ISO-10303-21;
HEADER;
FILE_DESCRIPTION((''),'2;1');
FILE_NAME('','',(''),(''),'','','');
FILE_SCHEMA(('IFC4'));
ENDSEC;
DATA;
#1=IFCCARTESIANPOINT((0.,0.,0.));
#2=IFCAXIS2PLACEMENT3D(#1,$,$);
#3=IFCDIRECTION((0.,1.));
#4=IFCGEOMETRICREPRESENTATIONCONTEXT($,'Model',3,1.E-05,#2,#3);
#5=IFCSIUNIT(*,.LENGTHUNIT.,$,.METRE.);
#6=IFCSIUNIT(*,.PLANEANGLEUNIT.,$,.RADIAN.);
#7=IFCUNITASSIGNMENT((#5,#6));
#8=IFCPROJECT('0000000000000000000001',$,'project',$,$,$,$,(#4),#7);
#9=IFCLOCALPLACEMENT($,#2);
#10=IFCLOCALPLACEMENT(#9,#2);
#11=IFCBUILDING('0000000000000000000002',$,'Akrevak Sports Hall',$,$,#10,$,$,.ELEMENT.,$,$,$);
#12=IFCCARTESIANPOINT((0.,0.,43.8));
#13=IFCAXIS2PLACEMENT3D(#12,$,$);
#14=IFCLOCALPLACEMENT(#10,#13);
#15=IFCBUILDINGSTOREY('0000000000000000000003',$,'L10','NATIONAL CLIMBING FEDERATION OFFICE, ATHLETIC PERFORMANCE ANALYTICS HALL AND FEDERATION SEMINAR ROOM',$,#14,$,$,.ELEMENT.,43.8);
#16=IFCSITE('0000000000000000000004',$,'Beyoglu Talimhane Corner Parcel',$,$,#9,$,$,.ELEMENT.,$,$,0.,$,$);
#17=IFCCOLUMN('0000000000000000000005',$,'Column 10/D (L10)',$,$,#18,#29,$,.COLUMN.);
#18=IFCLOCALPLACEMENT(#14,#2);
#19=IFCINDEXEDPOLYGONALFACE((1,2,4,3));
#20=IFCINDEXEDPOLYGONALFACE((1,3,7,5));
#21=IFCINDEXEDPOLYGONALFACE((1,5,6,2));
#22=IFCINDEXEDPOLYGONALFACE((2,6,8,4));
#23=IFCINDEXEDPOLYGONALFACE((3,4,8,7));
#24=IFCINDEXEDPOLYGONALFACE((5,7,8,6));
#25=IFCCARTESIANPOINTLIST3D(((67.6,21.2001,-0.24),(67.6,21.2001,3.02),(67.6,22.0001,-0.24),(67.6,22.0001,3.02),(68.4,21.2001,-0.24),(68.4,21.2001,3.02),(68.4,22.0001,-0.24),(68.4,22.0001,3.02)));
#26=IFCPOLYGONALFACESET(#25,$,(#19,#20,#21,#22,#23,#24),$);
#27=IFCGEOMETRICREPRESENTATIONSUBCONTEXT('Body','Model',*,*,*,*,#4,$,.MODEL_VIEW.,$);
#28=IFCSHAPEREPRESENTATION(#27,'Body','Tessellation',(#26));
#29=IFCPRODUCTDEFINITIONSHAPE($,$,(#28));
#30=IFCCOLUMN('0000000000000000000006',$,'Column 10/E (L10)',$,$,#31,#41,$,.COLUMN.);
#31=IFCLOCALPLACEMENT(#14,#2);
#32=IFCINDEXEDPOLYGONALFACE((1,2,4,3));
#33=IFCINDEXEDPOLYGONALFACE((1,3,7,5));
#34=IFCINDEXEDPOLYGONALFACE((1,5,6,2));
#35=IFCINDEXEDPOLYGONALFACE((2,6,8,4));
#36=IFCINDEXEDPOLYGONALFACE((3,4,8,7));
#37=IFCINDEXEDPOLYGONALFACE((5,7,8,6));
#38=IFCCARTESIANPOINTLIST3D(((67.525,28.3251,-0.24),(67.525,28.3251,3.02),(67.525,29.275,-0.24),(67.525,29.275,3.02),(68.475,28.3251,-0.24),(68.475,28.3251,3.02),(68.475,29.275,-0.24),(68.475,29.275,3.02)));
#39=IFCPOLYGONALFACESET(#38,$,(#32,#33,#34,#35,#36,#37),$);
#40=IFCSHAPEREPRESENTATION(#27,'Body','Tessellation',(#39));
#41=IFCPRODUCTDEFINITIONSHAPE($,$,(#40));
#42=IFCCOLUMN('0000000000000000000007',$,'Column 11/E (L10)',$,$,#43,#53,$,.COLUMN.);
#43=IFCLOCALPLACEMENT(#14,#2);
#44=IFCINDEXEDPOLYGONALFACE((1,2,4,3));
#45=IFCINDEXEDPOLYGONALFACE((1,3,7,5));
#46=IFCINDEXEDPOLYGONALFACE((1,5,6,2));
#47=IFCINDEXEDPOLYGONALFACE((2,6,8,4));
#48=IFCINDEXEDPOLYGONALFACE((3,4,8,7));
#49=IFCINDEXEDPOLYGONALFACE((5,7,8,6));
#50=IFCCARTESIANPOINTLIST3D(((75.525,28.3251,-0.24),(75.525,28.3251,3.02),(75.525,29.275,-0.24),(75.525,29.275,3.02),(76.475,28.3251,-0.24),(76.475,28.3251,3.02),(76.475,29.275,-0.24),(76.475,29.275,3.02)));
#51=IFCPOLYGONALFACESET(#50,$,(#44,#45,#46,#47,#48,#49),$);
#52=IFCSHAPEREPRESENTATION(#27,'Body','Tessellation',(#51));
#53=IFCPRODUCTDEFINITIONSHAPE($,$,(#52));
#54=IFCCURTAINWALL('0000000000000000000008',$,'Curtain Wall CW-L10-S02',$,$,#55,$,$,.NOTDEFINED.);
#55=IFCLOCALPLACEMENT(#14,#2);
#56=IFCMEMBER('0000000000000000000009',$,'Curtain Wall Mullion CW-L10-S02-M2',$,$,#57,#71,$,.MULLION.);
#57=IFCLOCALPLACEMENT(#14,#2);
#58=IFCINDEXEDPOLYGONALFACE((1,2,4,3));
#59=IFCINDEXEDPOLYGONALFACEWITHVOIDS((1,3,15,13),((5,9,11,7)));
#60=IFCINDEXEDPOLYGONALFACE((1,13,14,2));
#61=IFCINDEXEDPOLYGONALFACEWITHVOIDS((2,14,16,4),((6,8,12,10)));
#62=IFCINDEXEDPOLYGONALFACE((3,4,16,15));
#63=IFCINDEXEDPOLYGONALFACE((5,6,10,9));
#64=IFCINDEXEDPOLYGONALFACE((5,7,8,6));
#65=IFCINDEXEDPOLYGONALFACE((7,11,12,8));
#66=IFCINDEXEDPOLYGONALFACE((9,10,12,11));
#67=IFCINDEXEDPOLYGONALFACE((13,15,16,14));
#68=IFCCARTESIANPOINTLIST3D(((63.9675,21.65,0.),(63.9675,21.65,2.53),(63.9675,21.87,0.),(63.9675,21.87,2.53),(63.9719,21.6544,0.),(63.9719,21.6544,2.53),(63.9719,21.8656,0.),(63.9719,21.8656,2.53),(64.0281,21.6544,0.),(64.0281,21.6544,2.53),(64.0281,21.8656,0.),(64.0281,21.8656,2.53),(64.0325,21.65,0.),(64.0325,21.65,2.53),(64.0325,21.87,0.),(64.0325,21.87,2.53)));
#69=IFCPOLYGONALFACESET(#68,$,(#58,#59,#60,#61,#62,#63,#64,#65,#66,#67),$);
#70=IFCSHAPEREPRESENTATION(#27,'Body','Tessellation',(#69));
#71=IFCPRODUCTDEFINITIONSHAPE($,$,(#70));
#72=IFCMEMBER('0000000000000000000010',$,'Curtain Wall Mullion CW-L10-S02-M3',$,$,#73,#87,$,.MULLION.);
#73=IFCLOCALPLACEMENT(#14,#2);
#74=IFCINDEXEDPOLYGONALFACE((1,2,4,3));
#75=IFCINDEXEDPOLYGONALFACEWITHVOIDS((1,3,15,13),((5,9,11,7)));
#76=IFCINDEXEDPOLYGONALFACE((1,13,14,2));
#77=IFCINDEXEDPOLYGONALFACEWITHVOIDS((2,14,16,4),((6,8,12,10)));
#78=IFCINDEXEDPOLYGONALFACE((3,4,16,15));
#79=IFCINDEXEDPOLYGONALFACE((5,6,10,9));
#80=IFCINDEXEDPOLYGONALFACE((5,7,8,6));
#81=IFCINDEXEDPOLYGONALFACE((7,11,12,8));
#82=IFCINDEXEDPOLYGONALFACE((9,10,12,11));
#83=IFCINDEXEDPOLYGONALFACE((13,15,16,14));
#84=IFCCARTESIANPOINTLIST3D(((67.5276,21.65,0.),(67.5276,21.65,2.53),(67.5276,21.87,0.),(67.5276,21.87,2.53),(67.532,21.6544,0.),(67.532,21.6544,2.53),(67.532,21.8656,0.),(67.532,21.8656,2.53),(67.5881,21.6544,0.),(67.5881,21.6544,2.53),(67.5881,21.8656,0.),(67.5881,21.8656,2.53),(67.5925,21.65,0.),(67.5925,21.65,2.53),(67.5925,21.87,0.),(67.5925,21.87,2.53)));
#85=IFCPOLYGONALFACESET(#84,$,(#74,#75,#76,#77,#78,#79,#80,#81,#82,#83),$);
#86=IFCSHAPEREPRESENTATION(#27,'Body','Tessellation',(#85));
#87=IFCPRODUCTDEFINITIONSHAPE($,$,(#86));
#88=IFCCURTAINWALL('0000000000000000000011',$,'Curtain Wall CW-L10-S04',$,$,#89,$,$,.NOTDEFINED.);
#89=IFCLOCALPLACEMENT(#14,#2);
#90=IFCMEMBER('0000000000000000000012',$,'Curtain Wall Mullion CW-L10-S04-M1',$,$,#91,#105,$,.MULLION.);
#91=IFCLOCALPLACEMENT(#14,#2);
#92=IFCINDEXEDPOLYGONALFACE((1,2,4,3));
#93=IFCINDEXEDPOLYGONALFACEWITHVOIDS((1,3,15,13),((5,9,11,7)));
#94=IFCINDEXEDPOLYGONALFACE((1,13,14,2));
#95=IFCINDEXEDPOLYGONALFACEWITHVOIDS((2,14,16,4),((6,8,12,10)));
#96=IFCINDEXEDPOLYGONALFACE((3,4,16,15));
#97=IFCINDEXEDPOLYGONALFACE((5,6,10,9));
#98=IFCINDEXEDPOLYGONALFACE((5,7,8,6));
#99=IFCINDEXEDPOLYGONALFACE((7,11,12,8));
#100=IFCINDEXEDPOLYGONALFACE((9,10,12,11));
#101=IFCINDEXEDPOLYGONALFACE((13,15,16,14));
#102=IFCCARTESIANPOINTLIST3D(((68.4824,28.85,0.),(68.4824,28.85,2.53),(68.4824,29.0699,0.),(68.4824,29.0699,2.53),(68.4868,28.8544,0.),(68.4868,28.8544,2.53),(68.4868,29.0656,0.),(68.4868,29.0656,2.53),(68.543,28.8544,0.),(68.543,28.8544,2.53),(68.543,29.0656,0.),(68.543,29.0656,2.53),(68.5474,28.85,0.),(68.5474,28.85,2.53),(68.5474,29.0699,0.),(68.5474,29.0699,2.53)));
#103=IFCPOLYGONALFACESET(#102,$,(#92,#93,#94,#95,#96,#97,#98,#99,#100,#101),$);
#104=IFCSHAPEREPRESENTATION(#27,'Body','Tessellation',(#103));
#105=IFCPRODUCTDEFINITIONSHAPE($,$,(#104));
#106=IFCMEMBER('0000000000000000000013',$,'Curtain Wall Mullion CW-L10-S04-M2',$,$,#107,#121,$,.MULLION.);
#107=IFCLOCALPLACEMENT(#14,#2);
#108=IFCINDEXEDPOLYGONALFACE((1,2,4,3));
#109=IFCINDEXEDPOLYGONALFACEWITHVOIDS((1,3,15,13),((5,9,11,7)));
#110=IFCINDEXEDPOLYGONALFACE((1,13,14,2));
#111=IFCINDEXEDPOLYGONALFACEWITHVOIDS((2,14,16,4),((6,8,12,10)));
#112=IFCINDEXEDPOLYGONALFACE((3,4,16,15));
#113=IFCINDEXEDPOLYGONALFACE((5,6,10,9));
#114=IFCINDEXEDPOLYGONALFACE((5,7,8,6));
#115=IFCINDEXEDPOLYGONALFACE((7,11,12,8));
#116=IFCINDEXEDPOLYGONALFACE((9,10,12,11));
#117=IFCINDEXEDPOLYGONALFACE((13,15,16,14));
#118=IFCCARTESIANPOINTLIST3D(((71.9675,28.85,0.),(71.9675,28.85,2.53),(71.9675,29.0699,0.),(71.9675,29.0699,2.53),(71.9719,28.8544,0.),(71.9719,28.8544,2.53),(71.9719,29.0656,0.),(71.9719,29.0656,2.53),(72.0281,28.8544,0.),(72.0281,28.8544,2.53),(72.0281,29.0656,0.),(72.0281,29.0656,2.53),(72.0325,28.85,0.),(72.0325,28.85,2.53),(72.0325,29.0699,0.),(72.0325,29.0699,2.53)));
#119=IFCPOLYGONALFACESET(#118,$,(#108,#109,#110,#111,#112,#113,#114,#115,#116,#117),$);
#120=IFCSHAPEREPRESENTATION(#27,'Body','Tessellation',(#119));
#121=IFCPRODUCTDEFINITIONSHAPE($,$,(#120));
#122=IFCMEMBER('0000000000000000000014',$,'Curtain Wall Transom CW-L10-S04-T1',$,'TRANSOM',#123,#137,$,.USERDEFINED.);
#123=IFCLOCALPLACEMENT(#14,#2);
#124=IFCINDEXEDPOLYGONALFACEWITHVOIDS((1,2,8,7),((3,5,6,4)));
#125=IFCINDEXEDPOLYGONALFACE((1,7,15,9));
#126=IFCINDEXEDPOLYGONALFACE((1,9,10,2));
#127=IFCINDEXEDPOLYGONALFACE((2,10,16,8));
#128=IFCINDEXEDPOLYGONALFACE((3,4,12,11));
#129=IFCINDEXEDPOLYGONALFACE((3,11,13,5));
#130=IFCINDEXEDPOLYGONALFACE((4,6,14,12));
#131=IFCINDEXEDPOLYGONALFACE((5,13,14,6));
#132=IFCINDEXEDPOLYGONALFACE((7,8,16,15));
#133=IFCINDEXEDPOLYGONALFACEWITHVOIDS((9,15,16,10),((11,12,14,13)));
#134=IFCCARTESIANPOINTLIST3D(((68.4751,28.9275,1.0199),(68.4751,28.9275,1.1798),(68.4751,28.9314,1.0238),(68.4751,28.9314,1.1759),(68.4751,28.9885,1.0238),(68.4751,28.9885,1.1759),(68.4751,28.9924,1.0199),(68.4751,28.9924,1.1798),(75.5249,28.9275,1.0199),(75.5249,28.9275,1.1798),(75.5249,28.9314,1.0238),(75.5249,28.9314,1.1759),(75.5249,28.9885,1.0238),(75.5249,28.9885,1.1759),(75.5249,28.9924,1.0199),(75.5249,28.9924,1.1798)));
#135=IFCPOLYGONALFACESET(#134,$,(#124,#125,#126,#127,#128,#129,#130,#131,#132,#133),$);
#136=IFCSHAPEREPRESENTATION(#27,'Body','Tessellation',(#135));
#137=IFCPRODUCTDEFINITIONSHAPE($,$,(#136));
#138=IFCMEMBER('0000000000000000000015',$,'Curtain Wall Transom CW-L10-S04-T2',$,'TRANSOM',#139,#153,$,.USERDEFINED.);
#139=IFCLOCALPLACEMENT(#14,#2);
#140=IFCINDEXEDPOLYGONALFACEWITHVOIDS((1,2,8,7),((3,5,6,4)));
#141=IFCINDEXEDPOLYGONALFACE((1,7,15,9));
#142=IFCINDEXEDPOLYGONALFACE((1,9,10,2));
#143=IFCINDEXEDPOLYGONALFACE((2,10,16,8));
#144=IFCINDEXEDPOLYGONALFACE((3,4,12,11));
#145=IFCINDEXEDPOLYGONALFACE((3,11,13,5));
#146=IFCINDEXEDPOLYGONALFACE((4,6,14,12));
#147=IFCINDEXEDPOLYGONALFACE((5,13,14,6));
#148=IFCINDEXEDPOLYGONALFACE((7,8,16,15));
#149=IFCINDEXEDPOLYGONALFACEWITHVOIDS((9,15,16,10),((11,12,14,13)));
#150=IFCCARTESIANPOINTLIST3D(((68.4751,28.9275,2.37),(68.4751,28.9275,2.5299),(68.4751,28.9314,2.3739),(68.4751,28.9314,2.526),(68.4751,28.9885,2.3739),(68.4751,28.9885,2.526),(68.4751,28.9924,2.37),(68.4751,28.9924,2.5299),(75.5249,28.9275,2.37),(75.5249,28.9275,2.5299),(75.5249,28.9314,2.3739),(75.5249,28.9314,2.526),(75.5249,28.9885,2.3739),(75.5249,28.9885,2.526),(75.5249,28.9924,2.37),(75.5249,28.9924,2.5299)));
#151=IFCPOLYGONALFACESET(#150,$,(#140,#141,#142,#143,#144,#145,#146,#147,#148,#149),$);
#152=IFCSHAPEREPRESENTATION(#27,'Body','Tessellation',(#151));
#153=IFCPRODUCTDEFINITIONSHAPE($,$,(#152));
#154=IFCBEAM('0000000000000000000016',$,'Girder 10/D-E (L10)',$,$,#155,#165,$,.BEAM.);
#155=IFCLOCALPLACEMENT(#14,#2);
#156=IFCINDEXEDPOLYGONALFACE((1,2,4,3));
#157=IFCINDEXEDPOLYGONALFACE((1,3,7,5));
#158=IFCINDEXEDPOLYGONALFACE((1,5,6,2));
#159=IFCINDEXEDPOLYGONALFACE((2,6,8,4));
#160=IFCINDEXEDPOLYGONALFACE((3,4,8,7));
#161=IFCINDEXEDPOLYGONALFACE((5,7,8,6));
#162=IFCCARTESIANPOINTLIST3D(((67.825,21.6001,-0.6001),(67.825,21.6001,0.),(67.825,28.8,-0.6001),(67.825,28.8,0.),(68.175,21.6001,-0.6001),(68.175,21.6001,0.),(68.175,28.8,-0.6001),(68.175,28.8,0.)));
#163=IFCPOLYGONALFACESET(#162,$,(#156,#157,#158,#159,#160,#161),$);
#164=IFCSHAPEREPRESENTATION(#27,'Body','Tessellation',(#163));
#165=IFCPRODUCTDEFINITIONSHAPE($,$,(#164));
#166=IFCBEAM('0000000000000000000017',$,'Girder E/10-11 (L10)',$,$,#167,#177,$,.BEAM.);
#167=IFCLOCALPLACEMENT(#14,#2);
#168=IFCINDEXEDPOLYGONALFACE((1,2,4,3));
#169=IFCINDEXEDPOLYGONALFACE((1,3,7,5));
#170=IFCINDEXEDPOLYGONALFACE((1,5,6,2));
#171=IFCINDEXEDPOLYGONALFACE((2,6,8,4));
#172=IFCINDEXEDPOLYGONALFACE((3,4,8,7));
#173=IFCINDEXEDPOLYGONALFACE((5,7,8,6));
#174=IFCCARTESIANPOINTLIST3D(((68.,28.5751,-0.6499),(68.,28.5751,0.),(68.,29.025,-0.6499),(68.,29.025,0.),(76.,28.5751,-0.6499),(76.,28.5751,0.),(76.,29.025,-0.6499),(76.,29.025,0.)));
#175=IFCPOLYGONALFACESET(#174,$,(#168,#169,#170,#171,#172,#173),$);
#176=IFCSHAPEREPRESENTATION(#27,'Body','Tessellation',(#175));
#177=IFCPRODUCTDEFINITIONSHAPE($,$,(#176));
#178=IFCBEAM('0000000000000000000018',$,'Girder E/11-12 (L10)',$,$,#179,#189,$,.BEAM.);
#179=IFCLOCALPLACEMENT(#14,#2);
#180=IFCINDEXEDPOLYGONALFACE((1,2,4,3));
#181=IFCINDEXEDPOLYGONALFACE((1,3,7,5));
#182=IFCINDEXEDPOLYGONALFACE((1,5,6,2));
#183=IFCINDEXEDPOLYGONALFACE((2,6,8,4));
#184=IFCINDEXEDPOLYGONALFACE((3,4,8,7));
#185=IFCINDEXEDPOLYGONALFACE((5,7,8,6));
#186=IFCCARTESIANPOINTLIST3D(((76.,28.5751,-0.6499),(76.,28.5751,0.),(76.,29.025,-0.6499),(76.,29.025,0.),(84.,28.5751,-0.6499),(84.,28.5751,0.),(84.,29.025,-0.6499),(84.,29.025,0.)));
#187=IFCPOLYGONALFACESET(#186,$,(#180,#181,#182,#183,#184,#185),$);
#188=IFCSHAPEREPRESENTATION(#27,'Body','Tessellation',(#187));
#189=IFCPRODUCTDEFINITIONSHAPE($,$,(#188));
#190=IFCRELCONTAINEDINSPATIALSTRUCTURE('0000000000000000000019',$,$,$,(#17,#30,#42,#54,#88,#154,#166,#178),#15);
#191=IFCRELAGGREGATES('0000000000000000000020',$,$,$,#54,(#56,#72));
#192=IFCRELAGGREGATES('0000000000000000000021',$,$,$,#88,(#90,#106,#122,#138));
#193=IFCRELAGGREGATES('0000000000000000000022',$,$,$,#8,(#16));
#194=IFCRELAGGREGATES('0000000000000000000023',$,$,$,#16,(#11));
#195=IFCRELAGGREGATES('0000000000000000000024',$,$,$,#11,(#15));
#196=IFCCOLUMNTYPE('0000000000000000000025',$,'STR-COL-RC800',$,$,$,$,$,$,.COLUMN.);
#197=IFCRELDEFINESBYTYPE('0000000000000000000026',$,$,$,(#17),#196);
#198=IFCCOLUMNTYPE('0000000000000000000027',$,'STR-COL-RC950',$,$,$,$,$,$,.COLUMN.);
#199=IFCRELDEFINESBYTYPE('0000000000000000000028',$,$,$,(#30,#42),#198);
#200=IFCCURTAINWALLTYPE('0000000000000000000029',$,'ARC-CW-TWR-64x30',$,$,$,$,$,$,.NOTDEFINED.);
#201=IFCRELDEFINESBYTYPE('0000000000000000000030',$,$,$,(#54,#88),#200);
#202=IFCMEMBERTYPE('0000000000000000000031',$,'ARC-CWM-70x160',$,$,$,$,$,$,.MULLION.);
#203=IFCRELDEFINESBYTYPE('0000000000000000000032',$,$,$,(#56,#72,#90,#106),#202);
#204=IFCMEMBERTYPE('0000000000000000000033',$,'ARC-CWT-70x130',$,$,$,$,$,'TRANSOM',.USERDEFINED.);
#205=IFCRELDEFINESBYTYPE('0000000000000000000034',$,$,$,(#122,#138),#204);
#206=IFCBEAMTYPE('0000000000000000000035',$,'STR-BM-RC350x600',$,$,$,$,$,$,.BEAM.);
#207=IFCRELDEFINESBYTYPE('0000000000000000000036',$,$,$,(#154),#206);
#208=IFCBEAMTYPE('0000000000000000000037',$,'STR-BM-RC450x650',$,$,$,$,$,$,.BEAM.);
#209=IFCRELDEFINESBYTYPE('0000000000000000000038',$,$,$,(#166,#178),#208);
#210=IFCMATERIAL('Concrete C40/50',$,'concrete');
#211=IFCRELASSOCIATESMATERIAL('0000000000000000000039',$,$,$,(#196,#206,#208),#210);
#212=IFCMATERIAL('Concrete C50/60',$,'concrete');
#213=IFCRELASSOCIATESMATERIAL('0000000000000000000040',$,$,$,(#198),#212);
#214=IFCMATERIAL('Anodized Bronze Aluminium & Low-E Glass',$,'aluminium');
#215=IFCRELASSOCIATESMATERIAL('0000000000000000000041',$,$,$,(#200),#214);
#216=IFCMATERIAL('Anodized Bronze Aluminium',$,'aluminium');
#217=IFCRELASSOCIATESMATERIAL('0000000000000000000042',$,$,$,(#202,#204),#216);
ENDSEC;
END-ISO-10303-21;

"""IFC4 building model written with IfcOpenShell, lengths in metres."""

from ifc_helpers import new_model, si_unit, direction, frame, origin, origin_2d, place, context, subcontext, project, spatial, rectangle, hollow_rectangle, extrude, material, material_profile, profile_set, type_object, element, aggregate, save


model = new_model("IFC4")

# Units and contexts
model_context = context("Model", 3, precision=1e-05, world=origin(), true_north=direction((0.0, 1.0)))
body_context = subcontext(model_context, "Body", "Model", "MODEL_VIEW")
ifc_project = project(units=[si_unit("LENGTHUNIT", "METRE"), si_unit("PLANEANGLEUNIT", "RADIAN")], contexts=[model_context])

# Site, building, storey
site_placement = place(None, origin())
site = spatial("IfcSite", under=ifc_project, at=site_placement, Name="Beyoglu Talimhane Corner Parcel", CompositionType="ELEMENT", RefElevation=0.0)
building_placement = place(site_placement, origin())
building = spatial("IfcBuilding", under=site, at=building_placement, Name="Akrevak Sports Hall", CompositionType="ELEMENT")
storey_placement = place(building_placement, frame((0.0, 0.0, 43.8)))
storey = spatial("IfcBuildingStorey", under=building, at=storey_placement, Name="L10", Description="NATIONAL CLIMBING FEDERATION OFFICE, ATHLETIC PERFORMANCE ANALYTICS HALL AND FEDERATION SEMINAR ROOM", CompositionType="ELEMENT", Elevation=43.8)

# Columns
ifc_material_1 = material(Name="Concrete C40/50", Category="concrete")
ifc_material_profile_1 = material_profile(ifc_material_1, rectangle(XDim=0.8, YDim=0.8, at=origin_2d()), Name="RC 800x800", Category="concrete")
ifc_profile_set_1 = profile_set([ifc_material_profile_1], Name="Concrete C40/50")
column_type_1 = type_object("IfcColumnType", Name="STR-COL-RC800", PredefinedType="COLUMN", material=ifc_profile_set_1)
column_placement = place(storey_placement, frame((68.0, 21.6001, -0.24), z_axis=(0.0, 0.0, 1.0), x_axis=(1.0, 0.0, 0.0)))
element("IfcColumn", 1, at=column_placement, inside=storey, type_object=column_type_1, Name="Column 10/D (L10)", PredefinedType="COLUMN", context=body_context, shape_type="SweptSolid", body=[
    extrude(rectangle(XDim=0.8, YDim=0.8, at=origin_2d()), origin(), (0.0, 0.0, 1.0), 3.26),
])
ifc_material_2 = material(Name="Concrete C50/60", Category="concrete")
ifc_material_profile_2 = material_profile(ifc_material_2, rectangle(XDim=0.95, YDim=0.95, at=origin_2d()), Name="RC 950x950", Category="concrete")
ifc_profile_set_2 = profile_set([ifc_material_profile_2], Name="Concrete C50/60")
column_type_2 = type_object("IfcColumnType", Name="STR-COL-RC950", PredefinedType="COLUMN", material=ifc_profile_set_2)
for number, where, z_axis, x_axis, name in (
    (2, (68.0, 28.8, -0.24), (0.0, 0.0, 1.0), (1.0, 0.0, 0.0), "Column 10/E (L10)"),
    (3, (76.0, 28.8, -0.24), (0.0, 0.0, 1.0), (1.0, 0.0, 0.0), "Column 11/E (L10)"),
):
    element("IfcColumn", number, at=place(storey_placement, frame(where, z_axis=z_axis, x_axis=x_axis)), inside=storey, type_object=column_type_2, Name=name, PredefinedType="COLUMN", context=body_context, shape_type="SweptSolid", body=[
        extrude(rectangle(XDim=0.95, YDim=0.95, at=origin_2d()), origin(), (0.0, 0.0, 1.0), 3.26),
    ])

# Curtain walls, members
ifc_material_3 = material(Name="Anodized Bronze Aluminium & Low-E Glass", Category="aluminium")
curtain_wall_type = type_object("IfcCurtainWallType", Name="ARC-CW-TWR-64x30", PredefinedType="NOTDEFINED", material=ifc_material_3)
curtain_wall_1_placement = place(storey_placement, origin())
curtain_wall_1 = element("IfcCurtainWall", 4, at=curtain_wall_1_placement, inside=storey, type_object=curtain_wall_type, Name="Curtain Wall CW-L10-S02", PredefinedType="NOTDEFINED")
ifc_material_4 = material(Name="Anodized Bronze Aluminium", Category="aluminium")
ifc_material_profile_3 = material_profile(ifc_material_4, hollow_rectangle(XDim=0.0649, YDim=0.22, WallThickness=0.0044, at=origin_2d()), Name="CWM 65x220", Category="aluminium")
ifc_profile_set_3 = profile_set([ifc_material_profile_3], Name="Anodized Bronze Aluminium")
member_type_1 = type_object("IfcMemberType", Name="ARC-CWM-70x160", PredefinedType="MULLION", material=ifc_profile_set_3)
member_1_placement = place(storey_placement, frame((64.0, 21.76, 0.0), z_axis=(0.0, 0.0, 1.0), x_axis=(1.0, 0.0, 0.0)))
member_1 = element("IfcMember", 5, at=member_1_placement, type_object=member_type_1, Name="Curtain Wall Mullion CW-L10-S02-M2", PredefinedType="MULLION", context=body_context, shape_type="SweptSolid", body=[
    extrude(hollow_rectangle(XDim=0.0649, YDim=0.22, WallThickness=0.0044, at=origin_2d()), origin(), (0.0, 0.0, 1.0), 2.53),
])
member_2_placement = place(storey_placement, frame((67.5601, 21.76, 0.0), z_axis=(0.0, 0.0, 1.0), x_axis=(1.0, 0.0, 0.0)))
member_2 = element("IfcMember", 6, at=member_2_placement, type_object=member_type_1, Name="Curtain Wall Mullion CW-L10-S02-M3", PredefinedType="MULLION", context=body_context, shape_type="SweptSolid", body=[
    extrude(hollow_rectangle(XDim=0.0649, YDim=0.22, WallThickness=0.0044, at=origin_2d()), origin(), (0.0, 0.0, 1.0), 2.53),
])
curtain_wall_2_placement = place(storey_placement, origin())
curtain_wall_2 = element("IfcCurtainWall", 7, at=curtain_wall_2_placement, inside=storey, type_object=curtain_wall_type, Name="Curtain Wall CW-L10-S04", PredefinedType="NOTDEFINED")
member_3_placement = place(storey_placement, frame((68.5149, 28.96, 0.0), z_axis=(0.0, 0.0, 1.0), x_axis=(1.0, 0.0, 0.0)))
member_3 = element("IfcMember", 8, at=member_3_placement, type_object=member_type_1, Name="Curtain Wall Mullion CW-L10-S04-M1", PredefinedType="MULLION", context=body_context, shape_type="SweptSolid", body=[
    extrude(hollow_rectangle(XDim=0.0649, YDim=0.22, WallThickness=0.0044, at=origin_2d()), origin(), (0.0, 0.0, 1.0), 2.53),
])
member_4_placement = place(storey_placement, frame((72.0, 28.96, 0.0), z_axis=(0.0, 0.0, 1.0), x_axis=(1.0, 0.0, 0.0)))
member_4 = element("IfcMember", 9, at=member_4_placement, type_object=member_type_1, Name="Curtain Wall Mullion CW-L10-S04-M2", PredefinedType="MULLION", context=body_context, shape_type="SweptSolid", body=[
    extrude(hollow_rectangle(XDim=0.0649, YDim=0.22, WallThickness=0.0044, at=origin_2d()), origin(), (0.0, 0.0, 1.0), 2.53),
])
ifc_material_profile_4 = material_profile(ifc_material_4, hollow_rectangle(XDim=0.0649, YDim=0.1599, WallThickness=0.0039, at=origin_2d()), Name="CWT 65x160", Category="aluminium")
ifc_profile_set_4 = profile_set([ifc_material_profile_4], Name="Anodized Bronze Aluminium")
member_type_2 = type_object("IfcMemberType", Name="ARC-CWT-70x130", ElementType="TRANSOM", PredefinedType="USERDEFINED", material=ifc_profile_set_4)
member_5_placement = place(storey_placement, frame((68.4751, 28.96, 1.0999), z_axis=(1.0, 0.0, 0.0), x_axis=(0.0, 1.0, 0.0)))
member_5 = element("IfcMember", 10, at=member_5_placement, type_object=member_type_2, Name="Curtain Wall Transom CW-L10-S04-T1", ObjectType="TRANSOM", PredefinedType="USERDEFINED", context=body_context, shape_type="SweptSolid", body=[
    extrude(hollow_rectangle(XDim=0.0649, YDim=0.1599, WallThickness=0.0039, at=origin_2d()), origin(), (0.0, 0.0, 1.0), 7.0498),
])
member_6_placement = place(storey_placement, frame((68.4751, 28.96, 2.45), z_axis=(1.0, 0.0, 0.0), x_axis=(0.0, 1.0, 0.0)))
member_6 = element("IfcMember", 11, at=member_6_placement, type_object=member_type_2, Name="Curtain Wall Transom CW-L10-S04-T2", ObjectType="TRANSOM", PredefinedType="USERDEFINED", context=body_context, shape_type="SweptSolid", body=[
    extrude(hollow_rectangle(XDim=0.0649, YDim=0.1599, WallThickness=0.0039, at=origin_2d()), origin(), (0.0, 0.0, 1.0), 7.0498),
])

# Beams
ifc_material_profile_5 = material_profile(ifc_material_1, rectangle(XDim=0.3501, YDim=0.6001, at=origin_2d()), Name="BM 350x600", Category="concrete")
ifc_profile_set_5 = profile_set([ifc_material_profile_5], Name="Concrete C40/50")
beam_type_1 = type_object("IfcBeamType", Name="STR-BM-RC350x600", PredefinedType="BEAM", material=ifc_profile_set_5)
beam_placement = place(storey_placement, frame((68.0, 21.6001, -0.3), z_axis=(0.0, 1.0, 0.0), x_axis=(-1.0, 0.0, 0.0)))
element("IfcBeam", 12, at=beam_placement, inside=storey, type_object=beam_type_1, Name="Girder 10/D-E (L10)", PredefinedType="BEAM", context=body_context, shape_type="SweptSolid", body=[
    extrude(rectangle(XDim=0.3501, YDim=0.6001, at=origin_2d()), origin(), (0.0, 0.0, 1.0), 7.2),
])
ifc_material_profile_6 = material_profile(ifc_material_1, rectangle(XDim=0.45, YDim=0.6499, at=origin_2d()), Name="BM 450x650", Category="concrete")
ifc_profile_set_6 = profile_set([ifc_material_profile_6], Name="Concrete C40/50")
beam_type_2 = type_object("IfcBeamType", Name="STR-BM-RC450x650", PredefinedType="BEAM", material=ifc_profile_set_6)
for number, where, z_axis, x_axis, name in (
    (13, (68.0, 28.8, -0.325), (1.0, 0.0, 0.0), (0.0, 1.0, 0.0), "Girder E/10-11 (L10)"),
    (14, (76.0, 28.8, -0.325), (1.0, 0.0, 0.0), (0.0, 1.0, 0.0), "Girder E/11-12 (L10)"),
):
    element("IfcBeam", number, at=place(storey_placement, frame(where, z_axis=z_axis, x_axis=x_axis)), inside=storey, type_object=beam_type_2, Name=name, PredefinedType="BEAM", context=body_context, shape_type="SweptSolid", body=[
        extrude(rectangle(XDim=0.45, YDim=0.6499, at=origin_2d()), origin(), (0.0, 0.0, 1.0), 8.0),
    ])

aggregate(curtain_wall_1, [member_1, member_2])
aggregate(curtain_wall_2, [member_3, member_4, member_5, member_6])

save(model, "model.ifc")
